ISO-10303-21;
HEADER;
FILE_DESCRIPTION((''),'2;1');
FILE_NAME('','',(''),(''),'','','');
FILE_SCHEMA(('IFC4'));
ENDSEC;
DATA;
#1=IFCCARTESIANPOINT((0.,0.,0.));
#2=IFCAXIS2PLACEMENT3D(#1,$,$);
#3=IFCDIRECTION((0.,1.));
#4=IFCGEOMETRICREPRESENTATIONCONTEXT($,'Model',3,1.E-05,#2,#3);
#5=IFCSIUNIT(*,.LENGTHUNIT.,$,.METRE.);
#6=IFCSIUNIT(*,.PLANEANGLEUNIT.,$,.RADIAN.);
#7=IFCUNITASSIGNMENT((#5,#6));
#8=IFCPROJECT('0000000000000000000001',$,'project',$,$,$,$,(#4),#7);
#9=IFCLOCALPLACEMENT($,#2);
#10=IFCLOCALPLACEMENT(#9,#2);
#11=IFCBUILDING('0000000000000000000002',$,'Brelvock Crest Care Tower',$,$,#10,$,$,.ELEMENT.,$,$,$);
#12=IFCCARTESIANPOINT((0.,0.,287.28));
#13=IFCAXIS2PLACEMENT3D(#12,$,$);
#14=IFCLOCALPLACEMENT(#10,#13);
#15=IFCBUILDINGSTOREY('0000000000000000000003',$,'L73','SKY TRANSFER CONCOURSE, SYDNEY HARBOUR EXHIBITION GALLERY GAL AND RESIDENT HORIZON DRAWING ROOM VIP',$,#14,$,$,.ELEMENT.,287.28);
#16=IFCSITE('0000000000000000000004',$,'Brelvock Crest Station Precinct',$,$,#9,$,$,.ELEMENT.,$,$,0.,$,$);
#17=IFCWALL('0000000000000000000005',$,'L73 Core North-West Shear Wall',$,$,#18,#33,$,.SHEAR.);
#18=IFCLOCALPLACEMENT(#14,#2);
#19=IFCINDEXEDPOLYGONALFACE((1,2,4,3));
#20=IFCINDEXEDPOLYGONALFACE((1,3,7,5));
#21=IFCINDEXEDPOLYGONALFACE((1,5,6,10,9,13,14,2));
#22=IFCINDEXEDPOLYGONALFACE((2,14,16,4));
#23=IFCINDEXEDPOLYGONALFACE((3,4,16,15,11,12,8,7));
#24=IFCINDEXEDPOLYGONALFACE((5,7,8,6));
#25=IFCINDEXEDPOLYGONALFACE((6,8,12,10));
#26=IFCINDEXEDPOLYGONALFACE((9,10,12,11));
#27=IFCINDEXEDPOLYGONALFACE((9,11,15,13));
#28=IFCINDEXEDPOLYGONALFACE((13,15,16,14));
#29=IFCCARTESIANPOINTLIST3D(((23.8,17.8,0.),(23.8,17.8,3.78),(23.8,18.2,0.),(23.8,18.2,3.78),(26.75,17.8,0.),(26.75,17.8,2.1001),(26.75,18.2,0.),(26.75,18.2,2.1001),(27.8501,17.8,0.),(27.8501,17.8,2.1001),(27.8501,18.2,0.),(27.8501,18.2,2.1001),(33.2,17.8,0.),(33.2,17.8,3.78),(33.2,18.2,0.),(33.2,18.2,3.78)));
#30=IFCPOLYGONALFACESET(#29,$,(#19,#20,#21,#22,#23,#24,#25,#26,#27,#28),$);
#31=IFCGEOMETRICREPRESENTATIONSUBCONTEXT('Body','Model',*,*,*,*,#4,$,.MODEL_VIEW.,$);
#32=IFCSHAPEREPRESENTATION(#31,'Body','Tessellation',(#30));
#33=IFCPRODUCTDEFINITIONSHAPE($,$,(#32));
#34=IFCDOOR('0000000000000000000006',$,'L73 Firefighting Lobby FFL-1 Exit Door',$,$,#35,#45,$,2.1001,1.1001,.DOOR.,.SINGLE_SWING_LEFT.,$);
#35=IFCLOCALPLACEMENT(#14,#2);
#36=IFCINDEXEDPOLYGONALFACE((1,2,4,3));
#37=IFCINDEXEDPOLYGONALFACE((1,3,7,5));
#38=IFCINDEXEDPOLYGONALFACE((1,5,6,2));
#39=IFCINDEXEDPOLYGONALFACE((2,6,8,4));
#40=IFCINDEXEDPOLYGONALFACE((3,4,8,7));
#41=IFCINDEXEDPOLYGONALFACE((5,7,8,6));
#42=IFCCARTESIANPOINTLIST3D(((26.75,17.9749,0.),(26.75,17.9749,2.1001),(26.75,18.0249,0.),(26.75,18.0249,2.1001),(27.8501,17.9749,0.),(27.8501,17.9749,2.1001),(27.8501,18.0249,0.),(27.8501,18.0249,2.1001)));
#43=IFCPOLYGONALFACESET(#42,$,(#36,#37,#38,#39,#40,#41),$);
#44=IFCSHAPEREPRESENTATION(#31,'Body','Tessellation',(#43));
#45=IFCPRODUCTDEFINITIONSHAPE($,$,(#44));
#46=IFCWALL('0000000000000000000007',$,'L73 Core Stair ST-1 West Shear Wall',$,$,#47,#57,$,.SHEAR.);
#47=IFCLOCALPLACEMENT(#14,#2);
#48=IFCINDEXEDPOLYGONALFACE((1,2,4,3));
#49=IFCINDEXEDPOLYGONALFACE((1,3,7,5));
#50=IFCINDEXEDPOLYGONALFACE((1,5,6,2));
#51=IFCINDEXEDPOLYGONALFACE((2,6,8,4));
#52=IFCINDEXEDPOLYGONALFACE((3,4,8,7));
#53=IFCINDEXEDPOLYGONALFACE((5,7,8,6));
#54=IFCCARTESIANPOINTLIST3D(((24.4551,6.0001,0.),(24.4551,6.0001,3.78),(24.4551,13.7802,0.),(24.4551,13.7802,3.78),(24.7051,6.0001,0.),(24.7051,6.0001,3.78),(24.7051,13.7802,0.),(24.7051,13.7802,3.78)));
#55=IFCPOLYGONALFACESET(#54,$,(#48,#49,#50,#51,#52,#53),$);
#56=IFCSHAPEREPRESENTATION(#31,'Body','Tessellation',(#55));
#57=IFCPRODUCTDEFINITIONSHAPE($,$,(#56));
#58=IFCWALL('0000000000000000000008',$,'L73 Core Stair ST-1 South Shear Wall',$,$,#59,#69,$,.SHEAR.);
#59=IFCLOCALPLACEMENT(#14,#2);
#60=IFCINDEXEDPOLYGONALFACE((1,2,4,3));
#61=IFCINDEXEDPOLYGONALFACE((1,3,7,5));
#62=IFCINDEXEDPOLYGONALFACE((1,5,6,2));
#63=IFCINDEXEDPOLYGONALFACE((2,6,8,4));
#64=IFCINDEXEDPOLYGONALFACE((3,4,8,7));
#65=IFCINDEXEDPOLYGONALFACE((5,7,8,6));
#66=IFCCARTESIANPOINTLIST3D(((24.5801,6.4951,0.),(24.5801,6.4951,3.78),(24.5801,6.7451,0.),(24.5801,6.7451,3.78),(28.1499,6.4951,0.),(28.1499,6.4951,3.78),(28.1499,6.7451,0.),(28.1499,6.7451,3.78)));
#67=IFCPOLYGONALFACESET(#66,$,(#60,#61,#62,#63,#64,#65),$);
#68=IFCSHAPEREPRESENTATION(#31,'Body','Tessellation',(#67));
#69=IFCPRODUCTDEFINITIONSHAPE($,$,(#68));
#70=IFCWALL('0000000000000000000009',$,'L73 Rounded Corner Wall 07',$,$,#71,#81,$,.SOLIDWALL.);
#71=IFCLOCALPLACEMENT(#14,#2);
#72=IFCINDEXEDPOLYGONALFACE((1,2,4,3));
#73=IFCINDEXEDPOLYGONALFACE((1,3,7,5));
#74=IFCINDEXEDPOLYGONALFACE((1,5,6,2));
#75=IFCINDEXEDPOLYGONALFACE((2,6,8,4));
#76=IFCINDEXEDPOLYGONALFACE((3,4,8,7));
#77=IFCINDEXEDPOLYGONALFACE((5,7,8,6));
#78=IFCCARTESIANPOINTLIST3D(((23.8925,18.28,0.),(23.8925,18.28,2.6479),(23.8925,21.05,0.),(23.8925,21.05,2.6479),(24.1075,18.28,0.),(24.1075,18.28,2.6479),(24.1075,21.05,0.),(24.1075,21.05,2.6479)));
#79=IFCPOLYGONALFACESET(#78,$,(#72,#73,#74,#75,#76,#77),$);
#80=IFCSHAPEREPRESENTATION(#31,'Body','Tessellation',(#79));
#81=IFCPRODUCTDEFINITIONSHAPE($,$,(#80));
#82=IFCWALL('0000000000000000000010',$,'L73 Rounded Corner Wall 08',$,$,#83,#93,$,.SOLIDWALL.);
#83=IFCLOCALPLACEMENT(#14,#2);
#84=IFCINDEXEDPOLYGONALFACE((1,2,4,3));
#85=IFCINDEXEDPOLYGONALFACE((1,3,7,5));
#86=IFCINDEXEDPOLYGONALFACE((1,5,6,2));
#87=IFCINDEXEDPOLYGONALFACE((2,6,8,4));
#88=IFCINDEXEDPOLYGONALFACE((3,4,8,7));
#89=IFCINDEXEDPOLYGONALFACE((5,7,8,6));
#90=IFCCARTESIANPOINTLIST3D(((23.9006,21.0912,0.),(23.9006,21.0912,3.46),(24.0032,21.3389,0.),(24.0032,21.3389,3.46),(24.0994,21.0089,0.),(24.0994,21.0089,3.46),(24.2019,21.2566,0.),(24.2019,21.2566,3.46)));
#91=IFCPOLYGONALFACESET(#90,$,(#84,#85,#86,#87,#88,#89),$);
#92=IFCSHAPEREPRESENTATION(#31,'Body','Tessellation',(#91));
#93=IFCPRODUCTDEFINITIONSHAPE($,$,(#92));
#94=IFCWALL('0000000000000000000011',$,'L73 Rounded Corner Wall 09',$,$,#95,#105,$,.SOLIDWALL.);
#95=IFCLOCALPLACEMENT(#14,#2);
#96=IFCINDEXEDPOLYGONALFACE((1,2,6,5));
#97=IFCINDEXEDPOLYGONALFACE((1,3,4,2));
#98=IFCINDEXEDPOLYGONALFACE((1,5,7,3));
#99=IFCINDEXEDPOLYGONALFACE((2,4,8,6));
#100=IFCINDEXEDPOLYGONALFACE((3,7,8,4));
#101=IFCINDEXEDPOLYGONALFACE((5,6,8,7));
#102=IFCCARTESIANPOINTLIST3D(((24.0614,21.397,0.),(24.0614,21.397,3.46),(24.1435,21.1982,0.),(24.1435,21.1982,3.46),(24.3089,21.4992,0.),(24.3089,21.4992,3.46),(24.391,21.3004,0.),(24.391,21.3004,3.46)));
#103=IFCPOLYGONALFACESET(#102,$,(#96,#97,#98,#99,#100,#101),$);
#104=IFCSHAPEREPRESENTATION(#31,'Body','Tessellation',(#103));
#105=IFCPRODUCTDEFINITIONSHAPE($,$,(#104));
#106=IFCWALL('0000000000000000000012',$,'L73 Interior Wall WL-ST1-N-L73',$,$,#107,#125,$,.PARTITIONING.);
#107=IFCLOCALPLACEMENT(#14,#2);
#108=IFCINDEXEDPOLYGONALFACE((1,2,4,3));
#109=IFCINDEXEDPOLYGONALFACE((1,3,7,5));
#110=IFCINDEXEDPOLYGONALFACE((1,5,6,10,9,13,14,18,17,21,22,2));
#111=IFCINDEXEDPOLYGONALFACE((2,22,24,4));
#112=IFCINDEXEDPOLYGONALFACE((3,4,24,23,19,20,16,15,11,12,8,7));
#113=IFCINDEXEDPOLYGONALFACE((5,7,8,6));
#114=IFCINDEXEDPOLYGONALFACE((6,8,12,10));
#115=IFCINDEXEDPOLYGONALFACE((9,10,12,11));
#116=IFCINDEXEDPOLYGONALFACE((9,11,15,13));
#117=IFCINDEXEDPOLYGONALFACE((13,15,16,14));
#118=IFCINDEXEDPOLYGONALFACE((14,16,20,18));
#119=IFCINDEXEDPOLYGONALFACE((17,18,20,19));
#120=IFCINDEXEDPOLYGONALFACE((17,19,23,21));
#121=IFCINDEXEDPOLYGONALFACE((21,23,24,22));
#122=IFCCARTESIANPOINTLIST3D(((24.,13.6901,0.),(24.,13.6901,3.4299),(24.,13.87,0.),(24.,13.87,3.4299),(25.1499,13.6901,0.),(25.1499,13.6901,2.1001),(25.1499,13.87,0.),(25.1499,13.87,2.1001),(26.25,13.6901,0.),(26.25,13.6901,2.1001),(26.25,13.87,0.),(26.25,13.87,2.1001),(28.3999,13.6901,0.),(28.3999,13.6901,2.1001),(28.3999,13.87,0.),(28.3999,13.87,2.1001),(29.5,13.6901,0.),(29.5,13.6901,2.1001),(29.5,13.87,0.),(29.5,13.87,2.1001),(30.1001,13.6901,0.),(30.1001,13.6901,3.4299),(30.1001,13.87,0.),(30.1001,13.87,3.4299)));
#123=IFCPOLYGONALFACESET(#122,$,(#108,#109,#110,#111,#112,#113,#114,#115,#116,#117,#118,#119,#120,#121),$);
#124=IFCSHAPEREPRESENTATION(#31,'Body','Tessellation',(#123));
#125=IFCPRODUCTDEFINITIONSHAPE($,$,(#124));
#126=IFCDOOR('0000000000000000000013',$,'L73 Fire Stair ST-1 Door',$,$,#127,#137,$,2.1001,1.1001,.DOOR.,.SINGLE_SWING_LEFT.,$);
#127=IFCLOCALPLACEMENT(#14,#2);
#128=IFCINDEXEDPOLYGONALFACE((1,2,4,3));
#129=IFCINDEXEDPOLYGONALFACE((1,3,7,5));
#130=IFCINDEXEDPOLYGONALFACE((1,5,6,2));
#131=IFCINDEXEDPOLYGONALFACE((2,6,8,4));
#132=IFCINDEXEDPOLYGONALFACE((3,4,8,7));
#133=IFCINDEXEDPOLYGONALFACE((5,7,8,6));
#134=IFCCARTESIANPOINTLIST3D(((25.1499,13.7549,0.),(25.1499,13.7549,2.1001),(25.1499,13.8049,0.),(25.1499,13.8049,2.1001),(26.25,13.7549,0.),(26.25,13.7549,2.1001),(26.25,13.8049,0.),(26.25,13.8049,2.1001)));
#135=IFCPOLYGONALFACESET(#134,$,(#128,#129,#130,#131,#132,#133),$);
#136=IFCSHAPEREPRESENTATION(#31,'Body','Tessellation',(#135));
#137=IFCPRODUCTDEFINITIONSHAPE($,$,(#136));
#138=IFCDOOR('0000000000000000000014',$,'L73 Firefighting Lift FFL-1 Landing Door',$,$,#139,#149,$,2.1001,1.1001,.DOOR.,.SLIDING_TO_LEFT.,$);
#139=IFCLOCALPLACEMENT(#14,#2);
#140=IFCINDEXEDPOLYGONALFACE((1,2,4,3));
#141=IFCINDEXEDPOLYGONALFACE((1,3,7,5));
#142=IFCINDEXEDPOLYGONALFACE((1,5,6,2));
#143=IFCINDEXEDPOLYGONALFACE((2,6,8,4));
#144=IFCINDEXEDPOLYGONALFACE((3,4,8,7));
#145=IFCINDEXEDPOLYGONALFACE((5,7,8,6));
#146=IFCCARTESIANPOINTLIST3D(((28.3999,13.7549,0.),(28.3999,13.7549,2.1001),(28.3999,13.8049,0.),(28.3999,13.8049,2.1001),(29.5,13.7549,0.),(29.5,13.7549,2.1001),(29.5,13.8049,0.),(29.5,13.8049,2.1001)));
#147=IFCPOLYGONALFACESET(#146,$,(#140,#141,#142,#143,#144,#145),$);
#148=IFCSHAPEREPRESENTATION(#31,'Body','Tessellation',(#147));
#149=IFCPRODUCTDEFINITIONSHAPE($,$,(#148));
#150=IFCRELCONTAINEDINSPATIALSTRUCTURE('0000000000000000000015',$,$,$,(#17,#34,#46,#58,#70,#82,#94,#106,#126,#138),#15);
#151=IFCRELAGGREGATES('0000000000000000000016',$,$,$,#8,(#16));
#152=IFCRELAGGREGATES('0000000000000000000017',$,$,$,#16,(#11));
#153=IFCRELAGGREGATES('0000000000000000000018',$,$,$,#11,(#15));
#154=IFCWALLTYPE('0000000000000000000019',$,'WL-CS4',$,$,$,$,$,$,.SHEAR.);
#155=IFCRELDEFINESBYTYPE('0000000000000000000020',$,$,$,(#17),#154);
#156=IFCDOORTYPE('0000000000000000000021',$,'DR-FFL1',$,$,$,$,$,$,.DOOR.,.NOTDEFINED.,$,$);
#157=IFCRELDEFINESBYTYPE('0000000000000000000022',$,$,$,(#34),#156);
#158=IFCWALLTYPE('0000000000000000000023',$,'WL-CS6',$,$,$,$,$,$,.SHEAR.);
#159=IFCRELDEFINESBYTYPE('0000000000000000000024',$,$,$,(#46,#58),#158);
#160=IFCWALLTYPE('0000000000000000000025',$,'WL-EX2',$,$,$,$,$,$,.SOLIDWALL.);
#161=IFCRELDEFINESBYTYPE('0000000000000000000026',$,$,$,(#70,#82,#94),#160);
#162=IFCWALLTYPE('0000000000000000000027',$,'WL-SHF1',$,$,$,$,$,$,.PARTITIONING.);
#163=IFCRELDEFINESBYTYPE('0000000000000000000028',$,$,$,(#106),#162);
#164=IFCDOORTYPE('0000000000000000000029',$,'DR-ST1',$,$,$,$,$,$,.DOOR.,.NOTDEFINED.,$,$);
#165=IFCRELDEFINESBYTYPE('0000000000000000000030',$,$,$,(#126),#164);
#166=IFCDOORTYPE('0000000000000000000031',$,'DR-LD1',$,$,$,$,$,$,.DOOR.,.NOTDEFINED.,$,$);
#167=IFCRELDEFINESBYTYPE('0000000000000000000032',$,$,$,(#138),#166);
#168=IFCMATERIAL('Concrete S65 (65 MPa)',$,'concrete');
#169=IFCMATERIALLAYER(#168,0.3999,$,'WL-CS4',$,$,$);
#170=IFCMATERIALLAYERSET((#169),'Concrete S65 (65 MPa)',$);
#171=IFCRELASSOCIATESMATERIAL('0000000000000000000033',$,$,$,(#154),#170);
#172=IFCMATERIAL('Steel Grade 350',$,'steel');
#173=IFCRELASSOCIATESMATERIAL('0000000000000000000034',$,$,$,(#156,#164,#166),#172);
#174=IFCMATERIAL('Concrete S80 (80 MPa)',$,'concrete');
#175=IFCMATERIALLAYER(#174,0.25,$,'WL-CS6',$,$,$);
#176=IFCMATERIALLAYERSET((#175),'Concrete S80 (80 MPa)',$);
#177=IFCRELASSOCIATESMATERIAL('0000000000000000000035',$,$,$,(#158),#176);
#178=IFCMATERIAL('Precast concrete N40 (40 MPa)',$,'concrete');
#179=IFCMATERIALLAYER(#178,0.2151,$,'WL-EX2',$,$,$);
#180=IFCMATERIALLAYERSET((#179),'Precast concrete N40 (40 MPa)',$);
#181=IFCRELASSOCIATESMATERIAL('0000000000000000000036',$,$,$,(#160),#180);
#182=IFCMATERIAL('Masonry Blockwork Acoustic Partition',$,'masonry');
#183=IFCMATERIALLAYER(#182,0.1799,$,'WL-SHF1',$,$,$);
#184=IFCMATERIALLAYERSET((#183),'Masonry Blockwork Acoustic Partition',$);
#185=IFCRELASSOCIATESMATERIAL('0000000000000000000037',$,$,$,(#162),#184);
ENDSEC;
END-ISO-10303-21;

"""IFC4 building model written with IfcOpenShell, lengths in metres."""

from ifc_helpers import new_model, si_unit, direction, frame, frame_2d, origin, origin_2d, place, context, subcontext, project, spatial, rectangle, extrude, source, transform, mapped, material, layer, layer_set, type_object, element, fill, save


model = new_model("IFC4")

# Units and contexts
model_context = context("Model", 3, precision=1e-05, world=origin(), true_north=direction((0.0, 1.0)))
body_context = subcontext(model_context, "Body", "Model", "MODEL_VIEW")
ifc_project = project(units=[si_unit("LENGTHUNIT", "METRE"), si_unit("PLANEANGLEUNIT", "RADIAN")], contexts=[model_context])

# Site, building, storey
site_placement = place(None, origin())
site = spatial("IfcSite", under=ifc_project, at=site_placement, Name="Brelvock Crest Station Precinct", CompositionType="ELEMENT", RefElevation=0.0)
building_placement = place(site_placement, origin())
building = spatial("IfcBuilding", under=site, at=building_placement, Name="Brelvock Crest Care Tower", CompositionType="ELEMENT")
storey_placement = place(building_placement, frame((0.0, 0.0, 287.28)))
storey = spatial("IfcBuildingStorey", under=building, at=storey_placement, Name="L73", Description="SKY TRANSFER CONCOURSE, SYDNEY HARBOUR EXHIBITION GALLERY GAL AND RESIDENT HORIZON DRAWING ROOM VIP", CompositionType="ELEMENT", Elevation=287.28)

# Shared definitions
ifc_material_1 = material(Name="Concrete S65 (65 MPa)", Category="concrete")

# Shared definitions
ifc_material_2 = material(Name="Steel Grade 350", Category="steel")

# Shared definitions
ifc_layer_1 = layer(ifc_material_1, 0.3999, Name="WL-CS4")
ifc_layer_set_1 = layer_set([ifc_layer_1], Name="Concrete S65 (65 MPa)")
wall_type_1 = type_object("IfcWallType", Name="WL-CS4", PredefinedType="SHEAR", material=ifc_layer_set_1)

# Wall, opening, door
wall_1_placement = place(storey_placement, frame((23.8, 18.0, 0.0), z_axis=(0.0, 0.0, 1.0), x_axis=(1.0, 0.0, 0.0)))
wall_1 = element("IfcWall", 1, at=wall_1_placement, inside=storey, type_object=wall_type_1, Name="L73 Core North-West Shear Wall", PredefinedType="SHEAR", context=body_context, shape_type="SweptSolid", body=[
    extrude(rectangle(XDim=9.3999, YDim=0.3999, at=frame_2d((4.7, 0.0))), origin(), (0.0, 0.0, 1.0), 3.78),
])
opening_1_placement = place(wall_1_placement, frame((2.95, 0.0, 0.0)))
opening_1 = element("IfcOpeningElement", 2, at=opening_1_placement, cuts=wall_1, PredefinedType="OPENING", context=body_context, shape_type="SweptSolid", body=[
    extrude(rectangle(XDim=1.1001, YDim=2.1001, at=origin_2d()), frame((0.55, 0.21, 1.05), z_axis=(0.0, -1.0, 0.0), x_axis=(1.0, 0.0, 0.0)), (0.0, 0.0, 1.0), 0.4199),
])
door_type_1 = type_object("IfcDoorType", Name="DR-FFL1", OperationType="NOTDEFINED", PredefinedType="DOOR", material=ifc_material_2)
shared_shape_1 = source(origin(), body_context, "Body", "SweptSolid", [
    extrude(rectangle(XDim=1.1001, YDim=2.1001, at=origin_2d()), frame((0.55, 0.0249, 1.05), z_axis=(0.0, -1.0, 0.0), x_axis=(1.0, 0.0, 0.0)), (0.0, 0.0, 1.0), 0.05),
])
door_1_placement = place(opening_1_placement, origin())
door_1 = element("IfcDoor", 3, at=door_1_placement, inside=storey, type_object=door_type_1, Name="L73 Firefighting Lobby FFL-1 Exit Door", OperationType="SINGLE_SWING_LEFT", OverallHeight=2.1001, OverallWidth=1.1001, PredefinedType="DOOR", context=body_context, shape_type="MappedRepresentation", body=[
    mapped(shared_shape_1, transform((0.0, 0.0, 0.0), x_axis=(1.0, 0.0, 0.0), y_axis=(0.0, 1.0, 0.0), z_axis=(0.0, 0.0, 1.0), scale=1.0)),
])
fill(opening_1, door_1)

# Walls
ifc_material_3 = material(Name="Concrete S80 (80 MPa)", Category="concrete")
ifc_layer_2 = layer(ifc_material_3, 0.25, Name="WL-CS6")
ifc_layer_set_2 = layer_set([ifc_layer_2], Name="Concrete S80 (80 MPa)")
wall_type_2 = type_object("IfcWallType", Name="WL-CS6", PredefinedType="SHEAR", material=ifc_layer_set_2)
wall_2_placement = place(storey_placement, frame((24.5801, 6.0, 0.0), z_axis=(0.0, 0.0, 1.0), x_axis=(0.0, 1.0, 0.0)))
element("IfcWall", 4, at=wall_2_placement, inside=storey, type_object=wall_type_2, Name="L73 Core Stair ST-1 West Shear Wall", PredefinedType="SHEAR", context=body_context, shape_type="SweptSolid", body=[
    extrude(rectangle(XDim=7.78, YDim=0.25, at=frame_2d((3.8901, 0.0))), origin(), (0.0, 0.0, 1.0), 3.78),
])
wall_3_placement = place(storey_placement, frame((24.5801, 6.6201, 0.0), z_axis=(0.0, 0.0, 1.0), x_axis=(1.0, 0.0, 0.0)))
element("IfcWall", 5, at=wall_3_placement, inside=storey, type_object=wall_type_2, Name="L73 Core Stair ST-1 South Shear Wall", PredefinedType="SHEAR", context=body_context, shape_type="SweptSolid", body=[
    extrude(rectangle(XDim=3.5698, YDim=0.25, at=frame_2d((1.7849, 0.0))), origin(), (0.0, 0.0, 1.0), 3.78),
])
ifc_material_4 = material(Name="Precast concrete N40 (40 MPa)", Category="concrete")
ifc_layer_3 = layer(ifc_material_4, 0.2151, Name="WL-EX2")
ifc_layer_set_3 = layer_set([ifc_layer_3], Name="Precast concrete N40 (40 MPa)")
wall_type_3 = type_object("IfcWallType", Name="WL-EX2", PredefinedType="SOLIDWALL", material=ifc_layer_set_3)
wall_4_placement = place(storey_placement, frame((24.0, 18.28, 0.0), z_axis=(0.0, 0.0, 1.0), x_axis=(0.0, 1.0, 0.0)))
element("IfcWall", 6, at=wall_4_placement, inside=storey, type_object=wall_type_3, Name="L73 Rounded Corner Wall 07", PredefinedType="SOLIDWALL", context=body_context, shape_type="SweptSolid", body=[
    extrude(rectangle(XDim=2.77, YDim=0.2151, at=frame_2d((1.385, 0.0))), origin(), (0.0, 0.0, 1.0), 2.6479),
])
wall_5_placement = place(storey_placement, frame((24.0, 21.05, 0.0), z_axis=(0.0, 0.0, 1.0), x_axis=(0.382674, 0.923884, 0.0)))
element("IfcWall", 7, at=wall_5_placement, inside=storey, type_object=wall_type_3, Name="L73 Rounded Corner Wall 08", PredefinedType="SOLIDWALL", context=body_context, shape_type="SweptSolid", body=[
    extrude(rectangle(XDim=0.2681, YDim=0.2151, at=frame_2d((0.134, 0.0))), origin(), (0.0, 0.0, 1.0), 3.46),
])
wall_6_placement = place(storey_placement, frame((24.1025, 21.2976, 0.0), z_axis=(0.0, 0.0, 1.0), x_axis=(0.924205, 0.381896, 0.0)))
element("IfcWall", 8, at=wall_6_placement, inside=storey, type_object=wall_type_3, Name="L73 Rounded Corner Wall 09", PredefinedType="SOLIDWALL", context=body_context, shape_type="SweptSolid", body=[
    extrude(rectangle(XDim=0.2678, YDim=0.2151, at=frame_2d((0.1338, 0.0))), origin(), (0.0, 0.0, 1.0), 3.46),
])

# Wall, openings, doors
ifc_material_5 = material(Name="Masonry Blockwork Acoustic Partition", Category="masonry")
ifc_layer_4 = layer(ifc_material_5, 0.1799, Name="WL-SHF1")
ifc_layer_set_4 = layer_set([ifc_layer_4], Name="Masonry Blockwork Acoustic Partition")
wall_type_4 = type_object("IfcWallType", Name="WL-SHF1", PredefinedType="PARTITIONING", material=ifc_layer_set_4)
wall_7_placement = place(storey_placement, frame((24.0, 13.78, 0.0), z_axis=(0.0, 0.0, 1.0), x_axis=(1.0, 0.0, 0.0)))
wall_7 = element("IfcWall", 9, at=wall_7_placement, inside=storey, type_object=wall_type_4, Name="L73 Interior Wall WL-ST1-N-L73", PredefinedType="PARTITIONING", context=body_context, shape_type="SweptSolid", body=[
    extrude(rectangle(XDim=6.1001, YDim=0.1799, at=frame_2d((3.05, 0.0))), origin(), (0.0, 0.0, 1.0), 3.4299),
])
opening_2_placement = place(wall_7_placement, frame((1.1499, 0.0, 0.0)))
opening_2 = element("IfcOpeningElement", 10, at=opening_2_placement, cuts=wall_7, PredefinedType="OPENING", context=body_context, shape_type="SweptSolid", body=[
    extrude(rectangle(XDim=1.1001, YDim=2.1001, at=origin_2d()), frame((0.55, 0.1001, 1.05), z_axis=(0.0, -1.0, 0.0), x_axis=(1.0, 0.0, 0.0)), (0.0, 0.0, 1.0), 0.2),
])
opening_3_placement = place(wall_7_placement, frame((4.3999, 0.0, 0.0)))
opening_3 = element("IfcOpeningElement", 11, at=opening_3_placement, cuts=wall_7, PredefinedType="OPENING", context=body_context, shape_type="SweptSolid", body=[
    extrude(rectangle(XDim=1.1001, YDim=2.1001, at=origin_2d()), frame((0.55, 0.1001, 1.05), z_axis=(0.0, -1.0, 0.0), x_axis=(1.0, 0.0, 0.0)), (0.0, 0.0, 1.0), 0.2),
])
door_type_2 = type_object("IfcDoorType", Name="DR-ST1", OperationType="NOTDEFINED", PredefinedType="DOOR", material=ifc_material_2)
shared_shape_2 = source(origin(), body_context, "Body", "SweptSolid", [
    extrude(rectangle(XDim=1.1001, YDim=2.1001, at=origin_2d()), frame((0.55, 0.0249, 1.05), z_axis=(0.0, -1.0, 0.0), x_axis=(1.0, 0.0, 0.0)), (0.0, 0.0, 1.0), 0.05),
])
door_2_placement = place(opening_2_placement, origin())
door_2 = element("IfcDoor", 12, at=door_2_placement, inside=storey, type_object=door_type_2, Name="L73 Fire Stair ST-1 Door", OperationType="SINGLE_SWING_LEFT", OverallHeight=2.1001, OverallWidth=1.1001, PredefinedType="DOOR", context=body_context, shape_type="MappedRepresentation", body=[
    mapped(shared_shape_2, transform((0.0, 0.0, 0.0), x_axis=(1.0, 0.0, 0.0), y_axis=(0.0, 1.0, 0.0), z_axis=(0.0, 0.0, 1.0), scale=1.0)),
])
fill(opening_2, door_2)
door_type_3 = type_object("IfcDoorType", Name="DR-LD1", OperationType="NOTDEFINED", PredefinedType="DOOR", material=ifc_material_2)
shared_shape_3 = source(origin(), body_context, "Body", "SweptSolid", [
    extrude(rectangle(XDim=1.1001, YDim=2.1001, at=origin_2d()), frame((0.55, 0.0249, 1.05), z_axis=(0.0, -1.0, 0.0), x_axis=(1.0, 0.0, 0.0)), (0.0, 0.0, 1.0), 0.05),
])
door_3_placement = place(opening_3_placement, origin())
door_3 = element("IfcDoor", 13, at=door_3_placement, inside=storey, type_object=door_type_3, Name="L73 Firefighting Lift FFL-1 Landing Door", OperationType="SLIDING_TO_LEFT", OverallHeight=2.1001, OverallWidth=1.1001, PredefinedType="DOOR", context=body_context, shape_type="MappedRepresentation", body=[
    mapped(shared_shape_3, transform((0.0, 0.0, 0.0), x_axis=(1.0, 0.0, 0.0), y_axis=(0.0, 1.0, 0.0), z_axis=(0.0, 0.0, 1.0), scale=1.0)),
])
fill(opening_3, door_3)

save(model, "model.ifc")
